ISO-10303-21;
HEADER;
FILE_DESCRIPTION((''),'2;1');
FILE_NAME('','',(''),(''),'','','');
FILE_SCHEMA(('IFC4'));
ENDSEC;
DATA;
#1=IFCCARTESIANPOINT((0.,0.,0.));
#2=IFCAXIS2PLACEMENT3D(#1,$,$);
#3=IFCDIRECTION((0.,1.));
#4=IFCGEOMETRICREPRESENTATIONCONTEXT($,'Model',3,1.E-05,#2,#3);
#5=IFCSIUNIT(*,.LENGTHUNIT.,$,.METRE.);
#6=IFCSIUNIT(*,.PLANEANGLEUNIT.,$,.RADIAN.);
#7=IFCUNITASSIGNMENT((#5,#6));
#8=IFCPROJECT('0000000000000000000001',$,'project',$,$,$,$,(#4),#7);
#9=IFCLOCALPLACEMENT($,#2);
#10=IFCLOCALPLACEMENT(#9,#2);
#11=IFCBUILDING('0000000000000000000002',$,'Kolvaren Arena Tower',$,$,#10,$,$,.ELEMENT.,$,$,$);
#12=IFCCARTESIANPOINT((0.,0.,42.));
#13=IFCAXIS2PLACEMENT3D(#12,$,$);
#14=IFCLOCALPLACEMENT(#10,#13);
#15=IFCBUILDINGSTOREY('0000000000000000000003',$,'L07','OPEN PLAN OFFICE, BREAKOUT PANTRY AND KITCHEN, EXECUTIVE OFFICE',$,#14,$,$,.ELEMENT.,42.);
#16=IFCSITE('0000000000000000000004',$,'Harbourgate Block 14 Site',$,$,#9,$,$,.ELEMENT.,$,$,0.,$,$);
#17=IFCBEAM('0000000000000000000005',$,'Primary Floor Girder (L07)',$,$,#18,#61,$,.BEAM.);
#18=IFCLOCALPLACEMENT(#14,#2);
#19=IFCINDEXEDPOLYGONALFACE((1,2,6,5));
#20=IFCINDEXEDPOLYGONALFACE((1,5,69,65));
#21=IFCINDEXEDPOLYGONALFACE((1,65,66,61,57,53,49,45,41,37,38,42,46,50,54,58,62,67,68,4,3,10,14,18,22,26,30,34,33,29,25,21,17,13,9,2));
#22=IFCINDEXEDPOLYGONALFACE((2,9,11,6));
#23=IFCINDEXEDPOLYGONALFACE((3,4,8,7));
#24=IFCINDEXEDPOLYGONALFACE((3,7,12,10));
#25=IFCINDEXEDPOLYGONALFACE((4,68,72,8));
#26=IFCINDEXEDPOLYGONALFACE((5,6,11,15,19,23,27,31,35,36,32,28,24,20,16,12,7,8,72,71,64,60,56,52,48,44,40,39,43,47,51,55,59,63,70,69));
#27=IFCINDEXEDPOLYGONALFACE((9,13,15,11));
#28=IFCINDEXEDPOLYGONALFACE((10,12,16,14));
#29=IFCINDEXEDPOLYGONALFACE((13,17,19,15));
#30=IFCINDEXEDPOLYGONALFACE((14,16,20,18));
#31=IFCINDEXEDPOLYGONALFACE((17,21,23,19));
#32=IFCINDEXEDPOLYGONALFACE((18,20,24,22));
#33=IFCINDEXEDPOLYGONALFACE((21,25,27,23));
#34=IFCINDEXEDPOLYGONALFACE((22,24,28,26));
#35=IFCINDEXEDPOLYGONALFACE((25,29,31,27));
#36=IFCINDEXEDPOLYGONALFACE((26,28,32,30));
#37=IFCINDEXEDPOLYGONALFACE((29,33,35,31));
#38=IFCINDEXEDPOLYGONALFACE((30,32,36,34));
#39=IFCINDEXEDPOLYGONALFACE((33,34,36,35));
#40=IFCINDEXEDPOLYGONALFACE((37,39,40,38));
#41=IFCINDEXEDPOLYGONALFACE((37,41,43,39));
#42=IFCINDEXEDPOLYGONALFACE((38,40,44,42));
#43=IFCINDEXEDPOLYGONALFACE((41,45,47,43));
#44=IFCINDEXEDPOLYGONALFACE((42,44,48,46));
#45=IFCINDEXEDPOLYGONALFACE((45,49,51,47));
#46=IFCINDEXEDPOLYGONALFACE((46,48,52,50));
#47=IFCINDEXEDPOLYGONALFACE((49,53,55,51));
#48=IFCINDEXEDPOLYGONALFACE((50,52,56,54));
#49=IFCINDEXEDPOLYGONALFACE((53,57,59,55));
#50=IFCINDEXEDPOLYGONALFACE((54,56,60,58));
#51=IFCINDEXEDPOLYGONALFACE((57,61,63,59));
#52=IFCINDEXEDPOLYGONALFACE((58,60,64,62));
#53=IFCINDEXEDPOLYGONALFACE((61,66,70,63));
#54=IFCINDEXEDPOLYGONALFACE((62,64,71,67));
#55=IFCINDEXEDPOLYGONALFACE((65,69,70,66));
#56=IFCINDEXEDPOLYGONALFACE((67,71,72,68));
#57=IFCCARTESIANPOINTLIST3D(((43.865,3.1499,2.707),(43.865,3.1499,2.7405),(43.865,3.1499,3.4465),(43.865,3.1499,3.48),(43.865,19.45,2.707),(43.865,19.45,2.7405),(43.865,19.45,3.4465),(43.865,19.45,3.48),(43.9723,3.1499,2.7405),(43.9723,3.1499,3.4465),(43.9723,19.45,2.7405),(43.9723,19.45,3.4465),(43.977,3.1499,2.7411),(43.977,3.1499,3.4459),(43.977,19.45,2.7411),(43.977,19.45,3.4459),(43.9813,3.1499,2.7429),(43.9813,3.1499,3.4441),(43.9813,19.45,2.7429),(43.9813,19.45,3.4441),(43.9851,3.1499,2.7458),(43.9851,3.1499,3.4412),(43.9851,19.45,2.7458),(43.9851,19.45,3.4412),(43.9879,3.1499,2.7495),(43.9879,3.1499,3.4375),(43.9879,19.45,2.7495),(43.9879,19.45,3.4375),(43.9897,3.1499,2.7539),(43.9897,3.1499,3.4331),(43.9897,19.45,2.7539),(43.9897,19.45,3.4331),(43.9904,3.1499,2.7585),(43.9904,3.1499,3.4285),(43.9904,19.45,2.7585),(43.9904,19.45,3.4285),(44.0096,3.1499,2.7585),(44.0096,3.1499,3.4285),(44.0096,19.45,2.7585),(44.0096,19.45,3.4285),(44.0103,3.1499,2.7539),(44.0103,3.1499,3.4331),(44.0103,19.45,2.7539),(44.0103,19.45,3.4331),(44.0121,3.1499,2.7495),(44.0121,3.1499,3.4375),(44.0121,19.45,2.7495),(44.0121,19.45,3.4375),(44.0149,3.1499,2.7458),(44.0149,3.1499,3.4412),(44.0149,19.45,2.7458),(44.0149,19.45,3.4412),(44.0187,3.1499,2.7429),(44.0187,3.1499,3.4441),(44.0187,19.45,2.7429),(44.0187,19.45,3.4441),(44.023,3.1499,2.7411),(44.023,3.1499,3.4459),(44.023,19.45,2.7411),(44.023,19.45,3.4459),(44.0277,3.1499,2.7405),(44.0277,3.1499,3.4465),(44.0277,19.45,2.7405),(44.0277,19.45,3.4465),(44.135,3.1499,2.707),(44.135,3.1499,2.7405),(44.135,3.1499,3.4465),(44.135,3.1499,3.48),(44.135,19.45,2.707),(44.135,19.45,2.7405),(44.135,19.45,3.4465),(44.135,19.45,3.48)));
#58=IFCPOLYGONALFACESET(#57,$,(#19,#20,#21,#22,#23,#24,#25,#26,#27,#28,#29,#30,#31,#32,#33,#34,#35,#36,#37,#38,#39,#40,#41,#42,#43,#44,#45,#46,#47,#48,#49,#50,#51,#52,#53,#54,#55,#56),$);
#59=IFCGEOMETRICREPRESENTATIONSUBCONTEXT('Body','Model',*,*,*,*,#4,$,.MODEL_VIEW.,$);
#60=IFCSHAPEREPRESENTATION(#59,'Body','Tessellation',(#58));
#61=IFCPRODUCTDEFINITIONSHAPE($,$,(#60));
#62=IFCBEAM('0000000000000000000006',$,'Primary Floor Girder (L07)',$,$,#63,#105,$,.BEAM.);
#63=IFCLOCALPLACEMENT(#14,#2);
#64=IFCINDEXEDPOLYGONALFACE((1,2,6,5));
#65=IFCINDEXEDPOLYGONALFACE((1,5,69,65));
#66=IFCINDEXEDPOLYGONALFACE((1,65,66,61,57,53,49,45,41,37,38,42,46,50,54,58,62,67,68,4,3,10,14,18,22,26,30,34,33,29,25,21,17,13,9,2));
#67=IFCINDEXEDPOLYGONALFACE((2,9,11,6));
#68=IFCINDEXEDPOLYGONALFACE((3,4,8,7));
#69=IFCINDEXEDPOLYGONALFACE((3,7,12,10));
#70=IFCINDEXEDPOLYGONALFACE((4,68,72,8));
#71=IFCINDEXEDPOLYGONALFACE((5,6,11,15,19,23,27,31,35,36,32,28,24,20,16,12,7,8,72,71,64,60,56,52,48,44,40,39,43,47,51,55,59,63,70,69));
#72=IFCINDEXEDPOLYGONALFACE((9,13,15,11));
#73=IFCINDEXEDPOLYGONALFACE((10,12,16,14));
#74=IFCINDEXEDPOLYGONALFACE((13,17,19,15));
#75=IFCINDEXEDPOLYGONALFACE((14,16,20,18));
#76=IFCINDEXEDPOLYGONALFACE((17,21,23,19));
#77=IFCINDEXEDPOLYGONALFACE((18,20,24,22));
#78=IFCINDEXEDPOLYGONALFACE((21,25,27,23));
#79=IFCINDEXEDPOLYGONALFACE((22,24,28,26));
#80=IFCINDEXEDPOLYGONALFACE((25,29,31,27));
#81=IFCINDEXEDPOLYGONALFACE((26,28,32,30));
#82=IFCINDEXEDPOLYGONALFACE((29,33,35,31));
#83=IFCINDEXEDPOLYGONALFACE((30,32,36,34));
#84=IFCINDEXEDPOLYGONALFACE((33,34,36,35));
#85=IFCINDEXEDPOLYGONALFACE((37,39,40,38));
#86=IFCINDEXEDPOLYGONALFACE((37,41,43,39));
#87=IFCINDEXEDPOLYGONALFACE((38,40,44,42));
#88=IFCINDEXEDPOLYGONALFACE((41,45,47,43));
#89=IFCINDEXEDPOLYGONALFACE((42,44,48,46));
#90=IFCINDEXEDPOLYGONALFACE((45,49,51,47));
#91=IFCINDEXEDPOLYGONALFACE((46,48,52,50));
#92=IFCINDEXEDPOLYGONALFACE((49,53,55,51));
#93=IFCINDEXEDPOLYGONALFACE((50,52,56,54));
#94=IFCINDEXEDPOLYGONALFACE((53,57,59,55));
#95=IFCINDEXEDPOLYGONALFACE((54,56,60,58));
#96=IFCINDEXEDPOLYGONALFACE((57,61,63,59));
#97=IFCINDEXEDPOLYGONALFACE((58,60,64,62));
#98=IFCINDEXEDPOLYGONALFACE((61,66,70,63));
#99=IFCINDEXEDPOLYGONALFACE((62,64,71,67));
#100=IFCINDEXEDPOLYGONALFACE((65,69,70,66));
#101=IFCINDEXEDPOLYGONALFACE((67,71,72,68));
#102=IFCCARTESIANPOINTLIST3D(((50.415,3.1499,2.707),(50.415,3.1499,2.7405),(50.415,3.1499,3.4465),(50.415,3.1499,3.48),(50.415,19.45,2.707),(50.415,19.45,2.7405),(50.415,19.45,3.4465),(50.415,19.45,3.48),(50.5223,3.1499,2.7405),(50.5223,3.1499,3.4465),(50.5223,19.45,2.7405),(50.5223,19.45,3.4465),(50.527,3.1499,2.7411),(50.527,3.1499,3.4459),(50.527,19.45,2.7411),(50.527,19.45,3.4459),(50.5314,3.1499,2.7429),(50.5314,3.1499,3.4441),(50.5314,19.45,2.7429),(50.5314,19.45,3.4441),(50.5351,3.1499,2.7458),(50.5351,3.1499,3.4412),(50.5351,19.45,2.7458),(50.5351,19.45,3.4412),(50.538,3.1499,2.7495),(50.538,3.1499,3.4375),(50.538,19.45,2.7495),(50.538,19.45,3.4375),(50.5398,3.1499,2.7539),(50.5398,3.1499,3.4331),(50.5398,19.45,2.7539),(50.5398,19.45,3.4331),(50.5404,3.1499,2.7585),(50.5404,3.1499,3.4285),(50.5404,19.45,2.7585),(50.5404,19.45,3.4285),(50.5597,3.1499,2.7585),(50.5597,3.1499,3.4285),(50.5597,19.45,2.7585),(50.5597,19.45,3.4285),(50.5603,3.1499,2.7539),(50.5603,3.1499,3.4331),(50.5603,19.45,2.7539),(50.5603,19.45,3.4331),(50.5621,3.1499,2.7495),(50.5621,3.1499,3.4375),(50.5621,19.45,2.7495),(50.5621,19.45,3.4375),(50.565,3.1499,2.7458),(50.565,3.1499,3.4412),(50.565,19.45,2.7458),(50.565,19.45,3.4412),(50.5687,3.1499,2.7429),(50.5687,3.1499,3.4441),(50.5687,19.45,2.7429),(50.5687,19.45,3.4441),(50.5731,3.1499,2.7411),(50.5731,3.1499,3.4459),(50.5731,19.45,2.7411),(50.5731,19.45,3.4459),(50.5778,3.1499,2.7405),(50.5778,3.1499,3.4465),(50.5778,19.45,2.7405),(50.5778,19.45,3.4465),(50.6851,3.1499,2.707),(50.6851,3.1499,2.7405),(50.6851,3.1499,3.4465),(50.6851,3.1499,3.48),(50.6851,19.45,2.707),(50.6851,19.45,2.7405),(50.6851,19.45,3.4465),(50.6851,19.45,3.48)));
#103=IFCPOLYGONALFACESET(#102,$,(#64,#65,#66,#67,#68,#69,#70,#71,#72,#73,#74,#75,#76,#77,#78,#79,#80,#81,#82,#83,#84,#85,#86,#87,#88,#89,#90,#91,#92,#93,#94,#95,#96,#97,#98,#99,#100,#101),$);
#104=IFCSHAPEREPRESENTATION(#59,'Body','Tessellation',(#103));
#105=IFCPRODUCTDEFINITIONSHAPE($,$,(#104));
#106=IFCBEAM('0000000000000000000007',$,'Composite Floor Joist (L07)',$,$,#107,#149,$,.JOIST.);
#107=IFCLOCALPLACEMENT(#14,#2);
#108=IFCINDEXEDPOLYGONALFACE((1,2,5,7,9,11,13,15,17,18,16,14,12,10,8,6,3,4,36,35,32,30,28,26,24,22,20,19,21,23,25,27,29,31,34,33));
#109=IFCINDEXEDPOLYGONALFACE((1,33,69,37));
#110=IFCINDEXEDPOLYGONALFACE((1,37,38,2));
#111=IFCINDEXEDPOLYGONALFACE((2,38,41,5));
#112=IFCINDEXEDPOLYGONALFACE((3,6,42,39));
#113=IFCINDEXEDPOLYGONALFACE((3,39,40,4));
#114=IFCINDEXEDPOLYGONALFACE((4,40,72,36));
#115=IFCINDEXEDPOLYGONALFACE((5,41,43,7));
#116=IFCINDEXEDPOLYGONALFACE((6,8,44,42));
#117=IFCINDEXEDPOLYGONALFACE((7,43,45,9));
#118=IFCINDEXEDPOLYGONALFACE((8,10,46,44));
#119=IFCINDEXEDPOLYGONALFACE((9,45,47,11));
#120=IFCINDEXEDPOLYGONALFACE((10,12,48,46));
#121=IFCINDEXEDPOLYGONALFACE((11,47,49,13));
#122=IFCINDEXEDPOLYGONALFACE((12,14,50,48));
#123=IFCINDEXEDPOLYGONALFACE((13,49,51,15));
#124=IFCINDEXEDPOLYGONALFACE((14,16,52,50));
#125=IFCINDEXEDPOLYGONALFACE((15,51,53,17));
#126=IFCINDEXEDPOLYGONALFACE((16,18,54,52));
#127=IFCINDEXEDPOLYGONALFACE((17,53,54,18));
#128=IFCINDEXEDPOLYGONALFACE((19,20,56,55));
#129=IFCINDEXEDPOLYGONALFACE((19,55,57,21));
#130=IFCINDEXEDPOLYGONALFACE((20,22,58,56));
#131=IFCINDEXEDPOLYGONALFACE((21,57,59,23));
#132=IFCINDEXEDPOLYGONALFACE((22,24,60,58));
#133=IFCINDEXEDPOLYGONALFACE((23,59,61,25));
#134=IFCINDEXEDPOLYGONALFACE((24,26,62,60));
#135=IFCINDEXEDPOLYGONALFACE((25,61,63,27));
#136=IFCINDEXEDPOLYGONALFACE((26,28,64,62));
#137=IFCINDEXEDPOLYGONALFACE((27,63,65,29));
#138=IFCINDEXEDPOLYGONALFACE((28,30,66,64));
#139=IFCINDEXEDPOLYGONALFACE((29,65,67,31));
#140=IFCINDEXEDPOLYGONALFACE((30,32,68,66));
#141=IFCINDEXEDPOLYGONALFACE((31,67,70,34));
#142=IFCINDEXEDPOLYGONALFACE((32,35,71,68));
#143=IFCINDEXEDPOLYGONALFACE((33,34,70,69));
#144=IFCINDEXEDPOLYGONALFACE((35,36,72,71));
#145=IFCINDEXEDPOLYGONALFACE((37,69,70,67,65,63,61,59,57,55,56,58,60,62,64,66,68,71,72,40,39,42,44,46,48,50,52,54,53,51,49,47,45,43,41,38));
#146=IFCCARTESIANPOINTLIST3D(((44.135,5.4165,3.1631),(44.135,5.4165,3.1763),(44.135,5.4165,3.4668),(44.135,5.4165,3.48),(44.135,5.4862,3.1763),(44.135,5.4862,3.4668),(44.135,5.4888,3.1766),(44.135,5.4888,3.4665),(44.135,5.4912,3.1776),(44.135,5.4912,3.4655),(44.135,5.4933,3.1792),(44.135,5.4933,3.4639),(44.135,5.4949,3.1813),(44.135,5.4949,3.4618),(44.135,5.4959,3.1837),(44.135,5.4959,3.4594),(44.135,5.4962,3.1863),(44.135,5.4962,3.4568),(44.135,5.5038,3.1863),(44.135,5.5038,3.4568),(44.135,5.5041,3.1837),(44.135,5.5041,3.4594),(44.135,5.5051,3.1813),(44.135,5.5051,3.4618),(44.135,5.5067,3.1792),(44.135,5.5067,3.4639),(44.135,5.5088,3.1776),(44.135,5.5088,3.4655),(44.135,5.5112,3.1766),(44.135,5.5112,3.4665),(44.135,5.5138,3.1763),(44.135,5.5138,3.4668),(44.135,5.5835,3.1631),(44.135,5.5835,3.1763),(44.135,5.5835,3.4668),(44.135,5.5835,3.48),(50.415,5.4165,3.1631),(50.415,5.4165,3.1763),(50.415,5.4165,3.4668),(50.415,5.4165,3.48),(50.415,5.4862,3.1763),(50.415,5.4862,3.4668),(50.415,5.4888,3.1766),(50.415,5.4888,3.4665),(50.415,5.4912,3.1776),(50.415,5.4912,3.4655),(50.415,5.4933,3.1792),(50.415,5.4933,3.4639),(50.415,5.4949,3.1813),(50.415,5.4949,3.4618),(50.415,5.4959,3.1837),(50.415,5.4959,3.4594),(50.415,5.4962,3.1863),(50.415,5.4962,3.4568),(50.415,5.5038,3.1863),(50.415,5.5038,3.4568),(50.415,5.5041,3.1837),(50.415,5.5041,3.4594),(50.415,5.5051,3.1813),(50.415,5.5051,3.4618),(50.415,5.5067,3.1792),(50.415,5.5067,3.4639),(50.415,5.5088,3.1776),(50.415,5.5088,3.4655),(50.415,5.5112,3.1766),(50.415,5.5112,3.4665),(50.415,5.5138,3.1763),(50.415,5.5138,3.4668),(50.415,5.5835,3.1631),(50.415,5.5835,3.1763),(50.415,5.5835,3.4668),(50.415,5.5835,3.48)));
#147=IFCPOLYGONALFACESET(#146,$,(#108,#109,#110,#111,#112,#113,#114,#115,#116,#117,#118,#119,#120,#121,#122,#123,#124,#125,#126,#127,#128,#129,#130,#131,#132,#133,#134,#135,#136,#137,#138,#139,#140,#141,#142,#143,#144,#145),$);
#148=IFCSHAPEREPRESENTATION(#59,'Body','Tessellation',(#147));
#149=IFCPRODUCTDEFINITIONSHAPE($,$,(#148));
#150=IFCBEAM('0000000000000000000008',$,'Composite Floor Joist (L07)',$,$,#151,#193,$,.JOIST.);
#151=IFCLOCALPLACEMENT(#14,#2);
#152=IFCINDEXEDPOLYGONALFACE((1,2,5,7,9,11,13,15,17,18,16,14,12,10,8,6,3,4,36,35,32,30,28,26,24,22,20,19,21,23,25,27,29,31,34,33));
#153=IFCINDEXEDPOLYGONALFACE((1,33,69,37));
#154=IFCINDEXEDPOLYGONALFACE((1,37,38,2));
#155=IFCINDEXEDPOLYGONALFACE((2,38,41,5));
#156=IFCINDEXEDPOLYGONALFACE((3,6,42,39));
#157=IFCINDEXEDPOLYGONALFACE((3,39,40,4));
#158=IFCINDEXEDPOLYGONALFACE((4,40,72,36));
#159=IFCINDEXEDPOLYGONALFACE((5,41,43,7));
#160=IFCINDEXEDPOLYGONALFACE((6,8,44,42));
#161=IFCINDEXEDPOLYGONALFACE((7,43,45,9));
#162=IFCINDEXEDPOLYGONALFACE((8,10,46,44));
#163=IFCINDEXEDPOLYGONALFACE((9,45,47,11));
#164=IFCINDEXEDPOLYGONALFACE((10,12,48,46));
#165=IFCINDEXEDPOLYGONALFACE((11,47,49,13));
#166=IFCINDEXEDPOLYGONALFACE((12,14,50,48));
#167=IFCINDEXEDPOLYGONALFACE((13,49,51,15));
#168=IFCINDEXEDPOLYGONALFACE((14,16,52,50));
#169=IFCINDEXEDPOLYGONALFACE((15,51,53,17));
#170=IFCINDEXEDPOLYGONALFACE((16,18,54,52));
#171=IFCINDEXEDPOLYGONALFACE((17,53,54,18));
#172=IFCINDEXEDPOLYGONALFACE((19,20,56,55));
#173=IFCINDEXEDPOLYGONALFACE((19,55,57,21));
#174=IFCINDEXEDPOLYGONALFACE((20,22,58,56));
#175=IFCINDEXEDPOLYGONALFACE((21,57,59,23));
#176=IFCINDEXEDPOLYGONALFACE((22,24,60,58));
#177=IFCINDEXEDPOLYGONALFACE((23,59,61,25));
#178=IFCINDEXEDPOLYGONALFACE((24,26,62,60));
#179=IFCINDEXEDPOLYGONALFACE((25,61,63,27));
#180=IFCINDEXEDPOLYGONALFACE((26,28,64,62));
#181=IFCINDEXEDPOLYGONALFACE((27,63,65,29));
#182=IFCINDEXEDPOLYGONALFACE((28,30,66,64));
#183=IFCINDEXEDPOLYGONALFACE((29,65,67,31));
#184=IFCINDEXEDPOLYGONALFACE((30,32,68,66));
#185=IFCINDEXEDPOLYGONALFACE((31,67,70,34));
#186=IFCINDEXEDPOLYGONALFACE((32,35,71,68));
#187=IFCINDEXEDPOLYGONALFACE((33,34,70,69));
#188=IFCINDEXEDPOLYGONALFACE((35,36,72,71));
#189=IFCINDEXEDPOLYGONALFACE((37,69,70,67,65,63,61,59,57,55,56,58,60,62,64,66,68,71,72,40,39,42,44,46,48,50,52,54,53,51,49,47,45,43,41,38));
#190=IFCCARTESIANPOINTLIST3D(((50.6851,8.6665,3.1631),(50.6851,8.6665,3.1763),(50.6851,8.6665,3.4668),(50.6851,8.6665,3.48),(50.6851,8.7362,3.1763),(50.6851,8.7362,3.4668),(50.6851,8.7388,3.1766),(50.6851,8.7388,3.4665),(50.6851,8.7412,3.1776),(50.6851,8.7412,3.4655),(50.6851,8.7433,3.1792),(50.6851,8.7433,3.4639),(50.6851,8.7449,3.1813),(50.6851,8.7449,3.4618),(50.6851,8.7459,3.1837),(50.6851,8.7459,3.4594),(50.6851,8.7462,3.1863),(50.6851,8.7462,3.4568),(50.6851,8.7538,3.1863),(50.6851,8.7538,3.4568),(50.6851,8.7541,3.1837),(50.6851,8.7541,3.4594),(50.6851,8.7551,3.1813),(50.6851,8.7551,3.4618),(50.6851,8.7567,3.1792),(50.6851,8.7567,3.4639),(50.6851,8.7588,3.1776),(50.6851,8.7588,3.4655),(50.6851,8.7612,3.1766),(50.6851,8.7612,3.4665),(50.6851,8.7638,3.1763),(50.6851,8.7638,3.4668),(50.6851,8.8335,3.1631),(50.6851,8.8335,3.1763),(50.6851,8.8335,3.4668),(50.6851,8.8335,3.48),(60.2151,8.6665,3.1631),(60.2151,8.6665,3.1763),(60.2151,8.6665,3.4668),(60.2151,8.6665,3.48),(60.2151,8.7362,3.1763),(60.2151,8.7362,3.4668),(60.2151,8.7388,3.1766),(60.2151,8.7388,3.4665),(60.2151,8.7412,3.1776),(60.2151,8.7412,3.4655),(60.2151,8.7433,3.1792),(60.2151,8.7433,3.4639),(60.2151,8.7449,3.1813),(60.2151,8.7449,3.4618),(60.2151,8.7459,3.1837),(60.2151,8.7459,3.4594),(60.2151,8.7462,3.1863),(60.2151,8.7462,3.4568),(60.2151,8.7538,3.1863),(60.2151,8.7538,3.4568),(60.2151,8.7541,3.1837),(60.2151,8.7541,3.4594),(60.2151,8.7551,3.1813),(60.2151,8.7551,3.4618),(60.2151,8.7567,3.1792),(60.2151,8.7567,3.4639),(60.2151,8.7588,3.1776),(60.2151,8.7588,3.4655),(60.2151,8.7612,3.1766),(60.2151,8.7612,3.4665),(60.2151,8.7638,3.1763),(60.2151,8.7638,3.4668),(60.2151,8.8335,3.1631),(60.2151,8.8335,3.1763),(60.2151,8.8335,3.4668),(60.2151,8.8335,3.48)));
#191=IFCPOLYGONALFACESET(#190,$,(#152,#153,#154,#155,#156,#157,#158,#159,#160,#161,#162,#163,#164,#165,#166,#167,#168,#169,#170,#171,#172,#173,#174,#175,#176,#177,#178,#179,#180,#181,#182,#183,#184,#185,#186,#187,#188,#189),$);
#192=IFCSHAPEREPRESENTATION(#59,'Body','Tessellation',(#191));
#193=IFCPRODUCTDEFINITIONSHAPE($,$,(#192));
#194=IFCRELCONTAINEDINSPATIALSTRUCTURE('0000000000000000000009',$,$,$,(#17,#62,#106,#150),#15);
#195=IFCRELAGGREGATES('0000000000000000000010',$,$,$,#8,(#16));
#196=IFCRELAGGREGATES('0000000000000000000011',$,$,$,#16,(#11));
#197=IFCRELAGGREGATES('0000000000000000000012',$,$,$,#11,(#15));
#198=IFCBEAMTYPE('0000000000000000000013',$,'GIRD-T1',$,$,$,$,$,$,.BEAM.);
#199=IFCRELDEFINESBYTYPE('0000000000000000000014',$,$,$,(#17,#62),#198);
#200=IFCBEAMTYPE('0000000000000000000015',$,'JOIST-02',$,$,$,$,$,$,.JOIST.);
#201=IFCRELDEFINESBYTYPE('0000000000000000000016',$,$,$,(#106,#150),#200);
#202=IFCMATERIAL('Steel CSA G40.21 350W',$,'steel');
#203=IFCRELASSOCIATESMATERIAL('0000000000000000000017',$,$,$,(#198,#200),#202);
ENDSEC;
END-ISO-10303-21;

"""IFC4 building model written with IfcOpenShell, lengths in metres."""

from ifc_helpers import new_model, si_unit, direction, frame, origin, origin_2d, place, context, subcontext, project, spatial, i_section, extrude, material, material_profile, profile_set, type_object, element, save


model = new_model("IFC4")

# Units and contexts
model_context = context("Model", 3, precision=1e-05, world=origin(), true_north=direction((0.0, 1.0)))
body_context = subcontext(model_context, "Body", "Model", "MODEL_VIEW")
ifc_project = project(units=[si_unit("LENGTHUNIT", "METRE"), si_unit("PLANEANGLEUNIT", "RADIAN")], contexts=[model_context])

# Site, building, storey
site_placement = place(None, origin())
site = spatial("IfcSite", under=ifc_project, at=site_placement, Name="Harbourgate Block 14 Site", CompositionType="ELEMENT", RefElevation=0.0)
building_placement = place(site_placement, origin())
building = spatial("IfcBuilding", under=site, at=building_placement, Name="Kolvaren Arena Tower", CompositionType="ELEMENT")
storey_placement = place(building_placement, frame((0.0, 0.0, 42.0)))
storey = spatial("IfcBuildingStorey", under=building, at=storey_placement, Name="L07", Description="OPEN PLAN OFFICE, BREAKOUT PANTRY AND KITCHEN, EXECUTIVE OFFICE", CompositionType="ELEMENT", Elevation=42.0)

# Beams
ifc_material_1 = material(Name="Steel CSA G40.21 350W", Category="steel")
ifc_material_profile_1 = material_profile(ifc_material_1, i_section(OverallWidth=0.27, OverallDepth=0.7729, WebThickness=0.0193, FlangeThickness=0.0334, FilletRadius=0.0181, at=origin_2d()), Name="W760x257")
ifc_profile_set_1 = profile_set([ifc_material_profile_1], Name="Steel CSA G40.21 350W")
beam_type_1 = type_object("IfcBeamType", Name="GIRD-T1", PredefinedType="BEAM", material=ifc_profile_set_1)
for number, where, z_axis, x_axis, name in (
    (1, (44.0, 3.1499, 3.0935), (0.0, 1.0, 0.0), (-1.0, 0.0, 0.0), "Primary Floor Girder (L07)"),
    (2, (50.55, 3.1499, 3.0935), (0.0, 1.0, 0.0), (-1.0, 0.0, 0.0), "Primary Floor Girder (L07)"),
):
    element("IfcBeam", number, at=place(storey_placement, frame(where, z_axis=z_axis, x_axis=x_axis)), inside=storey, type_object=beam_type_1, Name=name, PredefinedType="BEAM", context=body_context, shape_type="SweptSolid", body=[
        extrude(i_section(OverallWidth=0.27, OverallDepth=0.7729, WebThickness=0.0193, FlangeThickness=0.0334, FilletRadius=0.0181, at=origin_2d()), origin(), (0.0, 0.0, 1.0), 16.3),
    ])
ifc_material_profile_2 = material_profile(ifc_material_1, i_section(OverallWidth=0.167, OverallDepth=0.3169, WebThickness=0.0076, FlangeThickness=0.0132, FilletRadius=0.01, at=origin_2d()), Name="W310x52")
ifc_profile_set_2 = profile_set([ifc_material_profile_2], Name="Steel CSA G40.21 350W")
beam_type_2 = type_object("IfcBeamType", Name="JOIST-02", PredefinedType="JOIST", material=ifc_profile_set_2)
beam_1_placement = place(storey_placement, frame((44.135, 5.5, 3.3215), z_axis=(1.0, 0.0, 0.0), x_axis=(0.0, 1.0, 0.0)))
element("IfcBeam", 3, at=beam_1_placement, inside=storey, type_object=beam_type_2, Name="Composite Floor Joist (L07)", PredefinedType="JOIST", context=body_context, shape_type="SweptSolid", body=[
    extrude(i_section(OverallWidth=0.167, OverallDepth=0.3169, WebThickness=0.0076, FlangeThickness=0.0132, FilletRadius=0.01, at=origin_2d()), origin(), (0.0, 0.0, 1.0), 6.28),
])
beam_2_placement = place(storey_placement, frame((50.6851, 8.75, 3.3215), z_axis=(1.0, 0.0, 0.0), x_axis=(0.0, 1.0, 0.0)))
element("IfcBeam", 4, at=beam_2_placement, inside=storey, type_object=beam_type_2, Name="Composite Floor Joist (L07)", PredefinedType="JOIST", context=body_context, shape_type="SweptSolid", body=[
    extrude(i_section(OverallWidth=0.167, OverallDepth=0.3169, WebThickness=0.0076, FlangeThickness=0.0132, FilletRadius=0.01, at=origin_2d()), origin(), (0.0, 0.0, 1.0), 9.53),
])

save(model, "model.ifc")
